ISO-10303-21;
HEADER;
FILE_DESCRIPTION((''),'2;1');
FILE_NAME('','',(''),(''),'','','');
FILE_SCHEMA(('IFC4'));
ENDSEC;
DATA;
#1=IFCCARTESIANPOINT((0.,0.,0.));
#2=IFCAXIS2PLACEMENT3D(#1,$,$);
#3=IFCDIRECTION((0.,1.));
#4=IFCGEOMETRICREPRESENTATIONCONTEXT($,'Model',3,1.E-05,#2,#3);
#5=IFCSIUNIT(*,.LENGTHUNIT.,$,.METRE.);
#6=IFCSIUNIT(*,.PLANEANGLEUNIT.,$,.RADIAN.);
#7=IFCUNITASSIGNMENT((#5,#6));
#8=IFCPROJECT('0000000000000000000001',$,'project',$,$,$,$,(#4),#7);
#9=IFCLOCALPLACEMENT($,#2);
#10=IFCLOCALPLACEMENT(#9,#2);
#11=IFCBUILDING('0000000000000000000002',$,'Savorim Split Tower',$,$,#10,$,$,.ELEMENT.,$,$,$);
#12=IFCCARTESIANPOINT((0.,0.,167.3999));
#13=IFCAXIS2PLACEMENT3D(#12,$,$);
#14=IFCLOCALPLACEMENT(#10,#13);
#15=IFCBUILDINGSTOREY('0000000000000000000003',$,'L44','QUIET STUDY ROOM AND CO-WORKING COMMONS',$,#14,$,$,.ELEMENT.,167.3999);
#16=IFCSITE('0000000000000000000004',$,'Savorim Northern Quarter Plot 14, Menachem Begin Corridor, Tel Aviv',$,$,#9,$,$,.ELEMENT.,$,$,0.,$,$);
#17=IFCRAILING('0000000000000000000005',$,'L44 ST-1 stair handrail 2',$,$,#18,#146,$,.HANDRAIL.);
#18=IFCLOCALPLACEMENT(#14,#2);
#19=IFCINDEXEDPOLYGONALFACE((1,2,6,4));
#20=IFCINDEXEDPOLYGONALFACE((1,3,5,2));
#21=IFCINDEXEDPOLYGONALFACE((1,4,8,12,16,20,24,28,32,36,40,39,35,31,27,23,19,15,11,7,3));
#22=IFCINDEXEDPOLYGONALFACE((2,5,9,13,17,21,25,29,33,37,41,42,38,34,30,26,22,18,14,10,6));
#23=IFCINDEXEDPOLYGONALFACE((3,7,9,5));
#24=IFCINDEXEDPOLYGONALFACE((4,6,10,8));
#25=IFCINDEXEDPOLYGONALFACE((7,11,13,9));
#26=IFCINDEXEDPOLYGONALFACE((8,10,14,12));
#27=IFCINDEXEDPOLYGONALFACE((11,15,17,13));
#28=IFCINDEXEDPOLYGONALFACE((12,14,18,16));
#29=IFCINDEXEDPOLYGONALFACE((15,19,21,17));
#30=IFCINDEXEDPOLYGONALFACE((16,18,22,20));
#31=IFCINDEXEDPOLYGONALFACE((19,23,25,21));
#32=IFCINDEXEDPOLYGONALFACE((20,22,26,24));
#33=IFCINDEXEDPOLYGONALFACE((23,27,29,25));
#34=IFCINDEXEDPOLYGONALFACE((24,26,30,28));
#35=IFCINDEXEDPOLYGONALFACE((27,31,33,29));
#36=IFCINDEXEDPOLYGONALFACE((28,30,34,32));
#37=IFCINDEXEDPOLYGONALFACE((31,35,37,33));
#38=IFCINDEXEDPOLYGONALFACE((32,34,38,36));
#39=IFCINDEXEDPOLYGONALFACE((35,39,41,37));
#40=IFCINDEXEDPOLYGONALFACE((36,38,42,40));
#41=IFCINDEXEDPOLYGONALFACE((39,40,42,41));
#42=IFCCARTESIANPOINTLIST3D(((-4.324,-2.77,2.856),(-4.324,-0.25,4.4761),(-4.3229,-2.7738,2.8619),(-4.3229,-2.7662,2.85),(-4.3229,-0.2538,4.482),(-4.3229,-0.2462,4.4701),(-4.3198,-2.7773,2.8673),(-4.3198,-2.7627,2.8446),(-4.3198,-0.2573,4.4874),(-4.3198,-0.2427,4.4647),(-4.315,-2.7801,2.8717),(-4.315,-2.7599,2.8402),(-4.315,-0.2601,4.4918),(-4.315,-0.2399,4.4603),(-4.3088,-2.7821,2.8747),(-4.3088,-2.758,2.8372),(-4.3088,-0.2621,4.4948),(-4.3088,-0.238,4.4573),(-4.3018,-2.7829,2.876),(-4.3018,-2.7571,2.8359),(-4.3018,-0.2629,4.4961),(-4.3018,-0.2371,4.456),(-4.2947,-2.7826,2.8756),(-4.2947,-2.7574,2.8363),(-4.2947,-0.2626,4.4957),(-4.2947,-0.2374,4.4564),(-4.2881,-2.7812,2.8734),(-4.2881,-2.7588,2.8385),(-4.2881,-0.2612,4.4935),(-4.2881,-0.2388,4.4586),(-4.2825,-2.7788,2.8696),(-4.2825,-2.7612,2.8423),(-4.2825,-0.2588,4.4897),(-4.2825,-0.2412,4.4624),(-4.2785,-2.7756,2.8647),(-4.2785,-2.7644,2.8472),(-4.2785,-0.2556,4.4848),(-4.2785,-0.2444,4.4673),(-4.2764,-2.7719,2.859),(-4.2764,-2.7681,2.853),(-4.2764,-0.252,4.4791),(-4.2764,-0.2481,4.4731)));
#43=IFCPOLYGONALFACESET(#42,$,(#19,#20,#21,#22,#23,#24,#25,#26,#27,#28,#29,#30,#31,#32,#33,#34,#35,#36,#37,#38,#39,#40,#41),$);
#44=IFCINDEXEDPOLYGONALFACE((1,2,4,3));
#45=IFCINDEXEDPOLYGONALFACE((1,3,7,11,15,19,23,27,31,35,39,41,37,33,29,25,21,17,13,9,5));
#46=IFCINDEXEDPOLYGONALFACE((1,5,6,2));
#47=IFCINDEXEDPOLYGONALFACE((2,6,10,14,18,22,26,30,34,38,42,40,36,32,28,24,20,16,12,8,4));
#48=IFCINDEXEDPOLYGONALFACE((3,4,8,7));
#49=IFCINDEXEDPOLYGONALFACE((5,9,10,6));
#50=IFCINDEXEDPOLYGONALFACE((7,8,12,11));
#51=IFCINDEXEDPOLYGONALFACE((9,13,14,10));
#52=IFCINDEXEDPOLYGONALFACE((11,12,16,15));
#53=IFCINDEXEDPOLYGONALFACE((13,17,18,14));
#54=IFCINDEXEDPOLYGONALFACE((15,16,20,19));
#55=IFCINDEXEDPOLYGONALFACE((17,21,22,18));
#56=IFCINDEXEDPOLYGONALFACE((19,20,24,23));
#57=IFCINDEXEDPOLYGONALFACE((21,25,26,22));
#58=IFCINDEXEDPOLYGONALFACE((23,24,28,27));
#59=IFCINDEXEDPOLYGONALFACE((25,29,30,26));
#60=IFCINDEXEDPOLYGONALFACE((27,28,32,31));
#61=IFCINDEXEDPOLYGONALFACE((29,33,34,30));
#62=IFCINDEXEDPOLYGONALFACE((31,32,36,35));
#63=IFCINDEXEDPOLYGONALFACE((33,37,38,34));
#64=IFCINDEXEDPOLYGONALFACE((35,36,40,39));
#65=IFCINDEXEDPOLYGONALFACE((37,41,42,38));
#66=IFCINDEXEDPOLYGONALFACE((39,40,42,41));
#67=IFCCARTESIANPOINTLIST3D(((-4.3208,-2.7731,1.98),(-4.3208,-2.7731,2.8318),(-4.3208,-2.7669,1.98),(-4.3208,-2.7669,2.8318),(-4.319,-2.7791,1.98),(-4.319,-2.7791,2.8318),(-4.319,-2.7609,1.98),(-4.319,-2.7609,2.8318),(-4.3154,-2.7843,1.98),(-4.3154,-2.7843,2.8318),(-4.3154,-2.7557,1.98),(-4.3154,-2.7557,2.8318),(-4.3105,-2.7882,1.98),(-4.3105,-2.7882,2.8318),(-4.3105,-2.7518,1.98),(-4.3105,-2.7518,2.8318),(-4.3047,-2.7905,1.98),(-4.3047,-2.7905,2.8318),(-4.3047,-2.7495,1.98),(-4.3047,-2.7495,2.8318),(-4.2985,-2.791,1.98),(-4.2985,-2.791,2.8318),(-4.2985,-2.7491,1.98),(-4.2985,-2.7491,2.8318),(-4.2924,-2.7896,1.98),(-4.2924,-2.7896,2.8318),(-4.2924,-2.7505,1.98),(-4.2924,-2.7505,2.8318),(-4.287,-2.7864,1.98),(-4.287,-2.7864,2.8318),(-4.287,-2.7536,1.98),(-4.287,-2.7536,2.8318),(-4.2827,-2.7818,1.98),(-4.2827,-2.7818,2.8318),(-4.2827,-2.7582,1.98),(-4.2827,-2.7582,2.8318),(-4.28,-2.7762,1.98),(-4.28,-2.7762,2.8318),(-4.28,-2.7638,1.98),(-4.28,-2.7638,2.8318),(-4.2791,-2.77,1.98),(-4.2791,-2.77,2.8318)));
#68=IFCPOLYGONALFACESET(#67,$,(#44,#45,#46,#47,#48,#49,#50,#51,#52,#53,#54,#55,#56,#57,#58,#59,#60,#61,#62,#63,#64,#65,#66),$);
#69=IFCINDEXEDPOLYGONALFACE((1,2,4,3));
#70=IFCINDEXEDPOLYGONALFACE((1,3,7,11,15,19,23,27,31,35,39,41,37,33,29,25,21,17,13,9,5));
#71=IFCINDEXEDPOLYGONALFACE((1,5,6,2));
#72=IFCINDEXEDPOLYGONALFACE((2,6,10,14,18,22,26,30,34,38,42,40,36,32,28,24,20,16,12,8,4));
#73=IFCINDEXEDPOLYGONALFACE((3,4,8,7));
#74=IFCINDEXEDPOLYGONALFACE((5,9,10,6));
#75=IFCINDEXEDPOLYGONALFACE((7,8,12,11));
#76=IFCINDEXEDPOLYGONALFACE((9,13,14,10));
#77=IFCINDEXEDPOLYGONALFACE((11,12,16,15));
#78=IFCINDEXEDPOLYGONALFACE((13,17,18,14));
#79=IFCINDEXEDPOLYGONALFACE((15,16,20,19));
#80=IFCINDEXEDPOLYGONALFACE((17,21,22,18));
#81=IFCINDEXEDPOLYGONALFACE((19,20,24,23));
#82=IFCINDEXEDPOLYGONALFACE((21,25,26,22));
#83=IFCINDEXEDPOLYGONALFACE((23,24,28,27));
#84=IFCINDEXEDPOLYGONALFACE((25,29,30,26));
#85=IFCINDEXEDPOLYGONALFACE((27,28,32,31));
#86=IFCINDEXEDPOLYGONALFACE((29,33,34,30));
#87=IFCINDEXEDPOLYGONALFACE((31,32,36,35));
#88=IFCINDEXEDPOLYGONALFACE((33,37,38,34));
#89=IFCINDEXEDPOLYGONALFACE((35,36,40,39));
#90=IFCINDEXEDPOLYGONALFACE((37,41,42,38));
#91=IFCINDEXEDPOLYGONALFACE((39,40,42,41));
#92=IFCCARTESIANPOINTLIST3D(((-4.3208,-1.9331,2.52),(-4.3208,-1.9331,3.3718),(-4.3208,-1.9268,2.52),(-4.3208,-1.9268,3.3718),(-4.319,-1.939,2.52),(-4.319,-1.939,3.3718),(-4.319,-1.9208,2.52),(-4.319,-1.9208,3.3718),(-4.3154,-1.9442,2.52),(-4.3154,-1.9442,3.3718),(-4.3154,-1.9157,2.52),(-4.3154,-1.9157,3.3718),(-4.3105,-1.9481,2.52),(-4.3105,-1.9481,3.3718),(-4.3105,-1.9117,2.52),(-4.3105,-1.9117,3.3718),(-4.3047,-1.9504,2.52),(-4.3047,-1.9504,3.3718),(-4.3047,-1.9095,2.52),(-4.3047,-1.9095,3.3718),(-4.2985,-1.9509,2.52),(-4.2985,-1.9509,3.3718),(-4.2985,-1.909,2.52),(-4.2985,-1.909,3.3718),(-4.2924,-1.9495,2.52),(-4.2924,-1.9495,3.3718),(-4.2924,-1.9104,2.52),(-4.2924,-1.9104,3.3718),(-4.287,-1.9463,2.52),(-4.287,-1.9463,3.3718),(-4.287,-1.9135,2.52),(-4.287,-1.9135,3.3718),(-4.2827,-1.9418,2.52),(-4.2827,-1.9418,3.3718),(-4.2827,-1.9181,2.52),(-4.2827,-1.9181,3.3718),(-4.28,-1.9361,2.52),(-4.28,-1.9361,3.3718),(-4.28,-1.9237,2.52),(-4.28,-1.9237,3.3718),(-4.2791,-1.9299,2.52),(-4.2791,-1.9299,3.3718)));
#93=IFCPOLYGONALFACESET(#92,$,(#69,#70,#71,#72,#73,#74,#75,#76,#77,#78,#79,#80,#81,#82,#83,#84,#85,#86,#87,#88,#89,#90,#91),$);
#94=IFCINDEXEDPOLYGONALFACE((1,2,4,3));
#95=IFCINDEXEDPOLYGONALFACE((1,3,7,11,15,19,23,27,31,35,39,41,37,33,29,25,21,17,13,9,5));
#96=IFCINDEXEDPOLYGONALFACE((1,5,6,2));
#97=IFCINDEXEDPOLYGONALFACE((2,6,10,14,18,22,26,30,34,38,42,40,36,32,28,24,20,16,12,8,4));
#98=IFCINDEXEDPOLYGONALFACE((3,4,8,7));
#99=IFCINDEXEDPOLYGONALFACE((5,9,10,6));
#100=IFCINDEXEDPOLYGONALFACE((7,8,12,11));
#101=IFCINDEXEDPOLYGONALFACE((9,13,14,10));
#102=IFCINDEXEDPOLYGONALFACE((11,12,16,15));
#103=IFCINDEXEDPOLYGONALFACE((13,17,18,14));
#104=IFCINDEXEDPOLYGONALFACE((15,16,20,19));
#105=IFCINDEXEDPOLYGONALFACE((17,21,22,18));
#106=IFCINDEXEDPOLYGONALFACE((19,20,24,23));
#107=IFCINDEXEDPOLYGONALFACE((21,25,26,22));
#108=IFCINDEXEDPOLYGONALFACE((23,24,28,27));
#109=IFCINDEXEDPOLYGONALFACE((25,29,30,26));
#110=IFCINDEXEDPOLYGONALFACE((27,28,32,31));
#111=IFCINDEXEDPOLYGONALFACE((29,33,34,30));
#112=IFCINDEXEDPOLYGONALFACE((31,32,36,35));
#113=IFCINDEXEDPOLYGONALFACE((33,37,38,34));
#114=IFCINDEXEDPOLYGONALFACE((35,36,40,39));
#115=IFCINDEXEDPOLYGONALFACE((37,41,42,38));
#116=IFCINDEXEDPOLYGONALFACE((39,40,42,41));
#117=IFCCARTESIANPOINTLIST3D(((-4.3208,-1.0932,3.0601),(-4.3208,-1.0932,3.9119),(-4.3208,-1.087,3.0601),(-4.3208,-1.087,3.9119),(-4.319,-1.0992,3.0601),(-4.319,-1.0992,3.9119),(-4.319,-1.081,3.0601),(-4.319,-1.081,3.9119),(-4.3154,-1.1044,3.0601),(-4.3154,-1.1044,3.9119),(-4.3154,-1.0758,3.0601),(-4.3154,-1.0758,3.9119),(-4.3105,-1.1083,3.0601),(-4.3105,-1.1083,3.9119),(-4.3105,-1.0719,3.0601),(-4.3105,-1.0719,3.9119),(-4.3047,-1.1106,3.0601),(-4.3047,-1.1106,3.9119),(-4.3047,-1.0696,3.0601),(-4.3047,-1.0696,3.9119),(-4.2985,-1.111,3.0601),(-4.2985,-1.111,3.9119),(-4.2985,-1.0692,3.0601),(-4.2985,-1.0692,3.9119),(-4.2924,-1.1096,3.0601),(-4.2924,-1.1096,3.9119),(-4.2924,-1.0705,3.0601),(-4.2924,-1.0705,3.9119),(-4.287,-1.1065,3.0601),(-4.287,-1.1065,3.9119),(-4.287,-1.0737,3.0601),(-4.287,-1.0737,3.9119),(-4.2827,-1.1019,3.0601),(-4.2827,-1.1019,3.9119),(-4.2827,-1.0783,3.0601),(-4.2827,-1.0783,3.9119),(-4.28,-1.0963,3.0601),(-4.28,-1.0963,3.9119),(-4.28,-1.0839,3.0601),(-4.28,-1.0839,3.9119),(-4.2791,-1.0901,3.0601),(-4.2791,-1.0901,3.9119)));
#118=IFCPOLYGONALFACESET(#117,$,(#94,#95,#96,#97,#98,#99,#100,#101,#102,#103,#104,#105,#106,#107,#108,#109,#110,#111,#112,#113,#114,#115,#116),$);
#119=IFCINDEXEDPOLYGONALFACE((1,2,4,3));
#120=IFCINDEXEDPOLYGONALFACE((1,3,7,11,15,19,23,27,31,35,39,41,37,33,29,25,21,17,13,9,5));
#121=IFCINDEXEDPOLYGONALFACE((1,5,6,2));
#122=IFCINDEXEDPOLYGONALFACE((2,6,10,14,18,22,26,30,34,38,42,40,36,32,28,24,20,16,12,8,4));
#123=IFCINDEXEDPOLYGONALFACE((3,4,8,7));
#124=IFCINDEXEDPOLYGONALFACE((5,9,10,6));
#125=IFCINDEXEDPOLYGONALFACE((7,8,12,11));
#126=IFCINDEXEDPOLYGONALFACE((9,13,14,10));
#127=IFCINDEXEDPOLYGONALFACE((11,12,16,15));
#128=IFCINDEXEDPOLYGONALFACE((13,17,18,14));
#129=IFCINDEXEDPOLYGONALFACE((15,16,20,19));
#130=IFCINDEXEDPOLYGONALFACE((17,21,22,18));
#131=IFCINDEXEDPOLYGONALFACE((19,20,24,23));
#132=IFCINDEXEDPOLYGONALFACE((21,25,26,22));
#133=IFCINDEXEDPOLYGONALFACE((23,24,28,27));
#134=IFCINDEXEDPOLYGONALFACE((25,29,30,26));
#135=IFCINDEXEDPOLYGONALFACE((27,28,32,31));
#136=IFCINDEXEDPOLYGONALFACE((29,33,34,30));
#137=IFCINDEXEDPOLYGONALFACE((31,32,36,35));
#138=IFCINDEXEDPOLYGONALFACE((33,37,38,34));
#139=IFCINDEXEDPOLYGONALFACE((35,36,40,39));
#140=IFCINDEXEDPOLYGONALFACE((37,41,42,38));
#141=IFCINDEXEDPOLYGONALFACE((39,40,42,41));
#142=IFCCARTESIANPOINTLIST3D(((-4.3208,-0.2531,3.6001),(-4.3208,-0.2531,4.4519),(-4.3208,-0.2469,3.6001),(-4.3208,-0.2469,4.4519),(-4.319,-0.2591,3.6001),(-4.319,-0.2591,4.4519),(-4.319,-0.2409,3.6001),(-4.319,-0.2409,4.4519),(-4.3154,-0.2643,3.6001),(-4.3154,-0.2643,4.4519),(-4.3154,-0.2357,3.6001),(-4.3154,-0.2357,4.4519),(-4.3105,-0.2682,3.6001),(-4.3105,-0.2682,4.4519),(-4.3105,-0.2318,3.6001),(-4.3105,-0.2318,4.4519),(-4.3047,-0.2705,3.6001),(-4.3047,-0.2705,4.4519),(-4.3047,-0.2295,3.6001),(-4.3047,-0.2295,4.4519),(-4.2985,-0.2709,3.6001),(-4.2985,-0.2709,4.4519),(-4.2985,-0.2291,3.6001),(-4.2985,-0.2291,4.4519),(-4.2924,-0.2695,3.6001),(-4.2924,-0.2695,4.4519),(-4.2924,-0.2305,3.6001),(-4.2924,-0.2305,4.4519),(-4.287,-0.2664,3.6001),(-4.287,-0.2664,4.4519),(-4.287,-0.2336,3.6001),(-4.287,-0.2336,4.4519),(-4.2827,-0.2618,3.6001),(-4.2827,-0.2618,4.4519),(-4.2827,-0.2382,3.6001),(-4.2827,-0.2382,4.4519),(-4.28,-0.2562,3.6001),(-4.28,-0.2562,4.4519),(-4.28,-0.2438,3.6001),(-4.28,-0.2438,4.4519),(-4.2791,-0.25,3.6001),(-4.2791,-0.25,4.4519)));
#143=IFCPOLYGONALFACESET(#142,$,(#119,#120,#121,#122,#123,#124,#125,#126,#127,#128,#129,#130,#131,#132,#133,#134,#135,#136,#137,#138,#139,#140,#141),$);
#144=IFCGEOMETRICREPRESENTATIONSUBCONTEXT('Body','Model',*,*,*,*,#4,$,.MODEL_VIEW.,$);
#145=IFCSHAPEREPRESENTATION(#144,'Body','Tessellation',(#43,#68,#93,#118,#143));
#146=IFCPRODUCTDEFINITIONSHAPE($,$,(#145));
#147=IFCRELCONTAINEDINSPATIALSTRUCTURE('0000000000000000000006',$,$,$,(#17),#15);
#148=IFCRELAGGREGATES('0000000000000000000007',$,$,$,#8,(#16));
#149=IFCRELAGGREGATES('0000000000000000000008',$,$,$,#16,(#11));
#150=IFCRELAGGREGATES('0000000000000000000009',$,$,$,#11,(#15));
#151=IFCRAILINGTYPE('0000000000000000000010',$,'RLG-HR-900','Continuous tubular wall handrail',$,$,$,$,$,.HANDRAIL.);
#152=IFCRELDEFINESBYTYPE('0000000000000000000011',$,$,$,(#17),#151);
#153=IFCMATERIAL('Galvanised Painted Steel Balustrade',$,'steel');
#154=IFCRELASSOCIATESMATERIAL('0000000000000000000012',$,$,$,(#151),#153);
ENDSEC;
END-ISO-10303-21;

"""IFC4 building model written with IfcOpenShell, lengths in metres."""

from ifc_helpers import new_model, si_unit, direction, frame, origin, origin_2d, place, context, subcontext, project, spatial, circle, extrude, material, type_object, element, save


model = new_model("IFC4")

# Units and contexts
model_context = context("Model", 3, precision=1e-05, world=origin(), true_north=direction((0.0, 1.0)))
body_context = subcontext(model_context, "Body", "Model", "MODEL_VIEW")
ifc_project = project(units=[si_unit("LENGTHUNIT", "METRE"), si_unit("PLANEANGLEUNIT", "RADIAN")], contexts=[model_context])

# Site, building, storey
site_placement = place(None, origin())
site = spatial("IfcSite", under=ifc_project, at=site_placement, Name="Savorim Northern Quarter Plot 14, Menachem Begin Corridor, Tel Aviv", CompositionType="ELEMENT", RefElevation=0.0)
building_placement = place(site_placement, origin())
building = spatial("IfcBuilding", under=site, at=building_placement, Name="Savorim Split Tower", CompositionType="ELEMENT")
storey_placement = place(building_placement, frame((0.0, 0.0, 167.3999)))
storey = spatial("IfcBuildingStorey", under=building, at=storey_placement, Name="L44", Description="QUIET STUDY ROOM AND CO-WORKING COMMONS", CompositionType="ELEMENT", Elevation=167.3999)

# Railing
ifc_material_1 = material(Name="Galvanised Painted Steel Balustrade", Category="steel")
railing_type_1 = type_object("IfcRailingType", Name="RLG-HR-900", Description="Continuous tubular wall handrail", PredefinedType="HANDRAIL", material=ifc_material_1)
railing_1_placement = place(storey_placement, frame((-4.3, -2.77, 1.98)))
element("IfcRailing", 1, at=railing_1_placement, inside=storey, type_object=railing_type_1, Name="L44 ST-1 stair handrail 2", PredefinedType="HANDRAIL", context=body_context, shape_type="SweptSolid", body=[
    extrude(circle(Radius=0.0239, at=origin_2d()), frame((0.0, 0.0, 0.876), z_axis=(0.0, 0.841163, 0.540782), x_axis=(-1.0, 0.0, 0.0)), (0.0, 0.0, 1.0), 2.9958),
    extrude(circle(Radius=0.021, at=origin_2d()), origin(), (0.0, 0.0, 1.0), 0.8518),
    extrude(circle(Radius=0.021, at=origin_2d()), frame((0.0, 0.8401, 0.54)), (0.0, 0.0, 1.0), 0.8518),
    extrude(circle(Radius=0.021, at=origin_2d()), frame((0.0, 1.6799, 1.0801)), (0.0, 0.0, 1.0), 0.8518),
    extrude(circle(Radius=0.021, at=origin_2d()), frame((0.0, 2.52, 1.6201)), (0.0, 0.0, 1.0), 0.8518),
])

save(model, "model.ifc")
